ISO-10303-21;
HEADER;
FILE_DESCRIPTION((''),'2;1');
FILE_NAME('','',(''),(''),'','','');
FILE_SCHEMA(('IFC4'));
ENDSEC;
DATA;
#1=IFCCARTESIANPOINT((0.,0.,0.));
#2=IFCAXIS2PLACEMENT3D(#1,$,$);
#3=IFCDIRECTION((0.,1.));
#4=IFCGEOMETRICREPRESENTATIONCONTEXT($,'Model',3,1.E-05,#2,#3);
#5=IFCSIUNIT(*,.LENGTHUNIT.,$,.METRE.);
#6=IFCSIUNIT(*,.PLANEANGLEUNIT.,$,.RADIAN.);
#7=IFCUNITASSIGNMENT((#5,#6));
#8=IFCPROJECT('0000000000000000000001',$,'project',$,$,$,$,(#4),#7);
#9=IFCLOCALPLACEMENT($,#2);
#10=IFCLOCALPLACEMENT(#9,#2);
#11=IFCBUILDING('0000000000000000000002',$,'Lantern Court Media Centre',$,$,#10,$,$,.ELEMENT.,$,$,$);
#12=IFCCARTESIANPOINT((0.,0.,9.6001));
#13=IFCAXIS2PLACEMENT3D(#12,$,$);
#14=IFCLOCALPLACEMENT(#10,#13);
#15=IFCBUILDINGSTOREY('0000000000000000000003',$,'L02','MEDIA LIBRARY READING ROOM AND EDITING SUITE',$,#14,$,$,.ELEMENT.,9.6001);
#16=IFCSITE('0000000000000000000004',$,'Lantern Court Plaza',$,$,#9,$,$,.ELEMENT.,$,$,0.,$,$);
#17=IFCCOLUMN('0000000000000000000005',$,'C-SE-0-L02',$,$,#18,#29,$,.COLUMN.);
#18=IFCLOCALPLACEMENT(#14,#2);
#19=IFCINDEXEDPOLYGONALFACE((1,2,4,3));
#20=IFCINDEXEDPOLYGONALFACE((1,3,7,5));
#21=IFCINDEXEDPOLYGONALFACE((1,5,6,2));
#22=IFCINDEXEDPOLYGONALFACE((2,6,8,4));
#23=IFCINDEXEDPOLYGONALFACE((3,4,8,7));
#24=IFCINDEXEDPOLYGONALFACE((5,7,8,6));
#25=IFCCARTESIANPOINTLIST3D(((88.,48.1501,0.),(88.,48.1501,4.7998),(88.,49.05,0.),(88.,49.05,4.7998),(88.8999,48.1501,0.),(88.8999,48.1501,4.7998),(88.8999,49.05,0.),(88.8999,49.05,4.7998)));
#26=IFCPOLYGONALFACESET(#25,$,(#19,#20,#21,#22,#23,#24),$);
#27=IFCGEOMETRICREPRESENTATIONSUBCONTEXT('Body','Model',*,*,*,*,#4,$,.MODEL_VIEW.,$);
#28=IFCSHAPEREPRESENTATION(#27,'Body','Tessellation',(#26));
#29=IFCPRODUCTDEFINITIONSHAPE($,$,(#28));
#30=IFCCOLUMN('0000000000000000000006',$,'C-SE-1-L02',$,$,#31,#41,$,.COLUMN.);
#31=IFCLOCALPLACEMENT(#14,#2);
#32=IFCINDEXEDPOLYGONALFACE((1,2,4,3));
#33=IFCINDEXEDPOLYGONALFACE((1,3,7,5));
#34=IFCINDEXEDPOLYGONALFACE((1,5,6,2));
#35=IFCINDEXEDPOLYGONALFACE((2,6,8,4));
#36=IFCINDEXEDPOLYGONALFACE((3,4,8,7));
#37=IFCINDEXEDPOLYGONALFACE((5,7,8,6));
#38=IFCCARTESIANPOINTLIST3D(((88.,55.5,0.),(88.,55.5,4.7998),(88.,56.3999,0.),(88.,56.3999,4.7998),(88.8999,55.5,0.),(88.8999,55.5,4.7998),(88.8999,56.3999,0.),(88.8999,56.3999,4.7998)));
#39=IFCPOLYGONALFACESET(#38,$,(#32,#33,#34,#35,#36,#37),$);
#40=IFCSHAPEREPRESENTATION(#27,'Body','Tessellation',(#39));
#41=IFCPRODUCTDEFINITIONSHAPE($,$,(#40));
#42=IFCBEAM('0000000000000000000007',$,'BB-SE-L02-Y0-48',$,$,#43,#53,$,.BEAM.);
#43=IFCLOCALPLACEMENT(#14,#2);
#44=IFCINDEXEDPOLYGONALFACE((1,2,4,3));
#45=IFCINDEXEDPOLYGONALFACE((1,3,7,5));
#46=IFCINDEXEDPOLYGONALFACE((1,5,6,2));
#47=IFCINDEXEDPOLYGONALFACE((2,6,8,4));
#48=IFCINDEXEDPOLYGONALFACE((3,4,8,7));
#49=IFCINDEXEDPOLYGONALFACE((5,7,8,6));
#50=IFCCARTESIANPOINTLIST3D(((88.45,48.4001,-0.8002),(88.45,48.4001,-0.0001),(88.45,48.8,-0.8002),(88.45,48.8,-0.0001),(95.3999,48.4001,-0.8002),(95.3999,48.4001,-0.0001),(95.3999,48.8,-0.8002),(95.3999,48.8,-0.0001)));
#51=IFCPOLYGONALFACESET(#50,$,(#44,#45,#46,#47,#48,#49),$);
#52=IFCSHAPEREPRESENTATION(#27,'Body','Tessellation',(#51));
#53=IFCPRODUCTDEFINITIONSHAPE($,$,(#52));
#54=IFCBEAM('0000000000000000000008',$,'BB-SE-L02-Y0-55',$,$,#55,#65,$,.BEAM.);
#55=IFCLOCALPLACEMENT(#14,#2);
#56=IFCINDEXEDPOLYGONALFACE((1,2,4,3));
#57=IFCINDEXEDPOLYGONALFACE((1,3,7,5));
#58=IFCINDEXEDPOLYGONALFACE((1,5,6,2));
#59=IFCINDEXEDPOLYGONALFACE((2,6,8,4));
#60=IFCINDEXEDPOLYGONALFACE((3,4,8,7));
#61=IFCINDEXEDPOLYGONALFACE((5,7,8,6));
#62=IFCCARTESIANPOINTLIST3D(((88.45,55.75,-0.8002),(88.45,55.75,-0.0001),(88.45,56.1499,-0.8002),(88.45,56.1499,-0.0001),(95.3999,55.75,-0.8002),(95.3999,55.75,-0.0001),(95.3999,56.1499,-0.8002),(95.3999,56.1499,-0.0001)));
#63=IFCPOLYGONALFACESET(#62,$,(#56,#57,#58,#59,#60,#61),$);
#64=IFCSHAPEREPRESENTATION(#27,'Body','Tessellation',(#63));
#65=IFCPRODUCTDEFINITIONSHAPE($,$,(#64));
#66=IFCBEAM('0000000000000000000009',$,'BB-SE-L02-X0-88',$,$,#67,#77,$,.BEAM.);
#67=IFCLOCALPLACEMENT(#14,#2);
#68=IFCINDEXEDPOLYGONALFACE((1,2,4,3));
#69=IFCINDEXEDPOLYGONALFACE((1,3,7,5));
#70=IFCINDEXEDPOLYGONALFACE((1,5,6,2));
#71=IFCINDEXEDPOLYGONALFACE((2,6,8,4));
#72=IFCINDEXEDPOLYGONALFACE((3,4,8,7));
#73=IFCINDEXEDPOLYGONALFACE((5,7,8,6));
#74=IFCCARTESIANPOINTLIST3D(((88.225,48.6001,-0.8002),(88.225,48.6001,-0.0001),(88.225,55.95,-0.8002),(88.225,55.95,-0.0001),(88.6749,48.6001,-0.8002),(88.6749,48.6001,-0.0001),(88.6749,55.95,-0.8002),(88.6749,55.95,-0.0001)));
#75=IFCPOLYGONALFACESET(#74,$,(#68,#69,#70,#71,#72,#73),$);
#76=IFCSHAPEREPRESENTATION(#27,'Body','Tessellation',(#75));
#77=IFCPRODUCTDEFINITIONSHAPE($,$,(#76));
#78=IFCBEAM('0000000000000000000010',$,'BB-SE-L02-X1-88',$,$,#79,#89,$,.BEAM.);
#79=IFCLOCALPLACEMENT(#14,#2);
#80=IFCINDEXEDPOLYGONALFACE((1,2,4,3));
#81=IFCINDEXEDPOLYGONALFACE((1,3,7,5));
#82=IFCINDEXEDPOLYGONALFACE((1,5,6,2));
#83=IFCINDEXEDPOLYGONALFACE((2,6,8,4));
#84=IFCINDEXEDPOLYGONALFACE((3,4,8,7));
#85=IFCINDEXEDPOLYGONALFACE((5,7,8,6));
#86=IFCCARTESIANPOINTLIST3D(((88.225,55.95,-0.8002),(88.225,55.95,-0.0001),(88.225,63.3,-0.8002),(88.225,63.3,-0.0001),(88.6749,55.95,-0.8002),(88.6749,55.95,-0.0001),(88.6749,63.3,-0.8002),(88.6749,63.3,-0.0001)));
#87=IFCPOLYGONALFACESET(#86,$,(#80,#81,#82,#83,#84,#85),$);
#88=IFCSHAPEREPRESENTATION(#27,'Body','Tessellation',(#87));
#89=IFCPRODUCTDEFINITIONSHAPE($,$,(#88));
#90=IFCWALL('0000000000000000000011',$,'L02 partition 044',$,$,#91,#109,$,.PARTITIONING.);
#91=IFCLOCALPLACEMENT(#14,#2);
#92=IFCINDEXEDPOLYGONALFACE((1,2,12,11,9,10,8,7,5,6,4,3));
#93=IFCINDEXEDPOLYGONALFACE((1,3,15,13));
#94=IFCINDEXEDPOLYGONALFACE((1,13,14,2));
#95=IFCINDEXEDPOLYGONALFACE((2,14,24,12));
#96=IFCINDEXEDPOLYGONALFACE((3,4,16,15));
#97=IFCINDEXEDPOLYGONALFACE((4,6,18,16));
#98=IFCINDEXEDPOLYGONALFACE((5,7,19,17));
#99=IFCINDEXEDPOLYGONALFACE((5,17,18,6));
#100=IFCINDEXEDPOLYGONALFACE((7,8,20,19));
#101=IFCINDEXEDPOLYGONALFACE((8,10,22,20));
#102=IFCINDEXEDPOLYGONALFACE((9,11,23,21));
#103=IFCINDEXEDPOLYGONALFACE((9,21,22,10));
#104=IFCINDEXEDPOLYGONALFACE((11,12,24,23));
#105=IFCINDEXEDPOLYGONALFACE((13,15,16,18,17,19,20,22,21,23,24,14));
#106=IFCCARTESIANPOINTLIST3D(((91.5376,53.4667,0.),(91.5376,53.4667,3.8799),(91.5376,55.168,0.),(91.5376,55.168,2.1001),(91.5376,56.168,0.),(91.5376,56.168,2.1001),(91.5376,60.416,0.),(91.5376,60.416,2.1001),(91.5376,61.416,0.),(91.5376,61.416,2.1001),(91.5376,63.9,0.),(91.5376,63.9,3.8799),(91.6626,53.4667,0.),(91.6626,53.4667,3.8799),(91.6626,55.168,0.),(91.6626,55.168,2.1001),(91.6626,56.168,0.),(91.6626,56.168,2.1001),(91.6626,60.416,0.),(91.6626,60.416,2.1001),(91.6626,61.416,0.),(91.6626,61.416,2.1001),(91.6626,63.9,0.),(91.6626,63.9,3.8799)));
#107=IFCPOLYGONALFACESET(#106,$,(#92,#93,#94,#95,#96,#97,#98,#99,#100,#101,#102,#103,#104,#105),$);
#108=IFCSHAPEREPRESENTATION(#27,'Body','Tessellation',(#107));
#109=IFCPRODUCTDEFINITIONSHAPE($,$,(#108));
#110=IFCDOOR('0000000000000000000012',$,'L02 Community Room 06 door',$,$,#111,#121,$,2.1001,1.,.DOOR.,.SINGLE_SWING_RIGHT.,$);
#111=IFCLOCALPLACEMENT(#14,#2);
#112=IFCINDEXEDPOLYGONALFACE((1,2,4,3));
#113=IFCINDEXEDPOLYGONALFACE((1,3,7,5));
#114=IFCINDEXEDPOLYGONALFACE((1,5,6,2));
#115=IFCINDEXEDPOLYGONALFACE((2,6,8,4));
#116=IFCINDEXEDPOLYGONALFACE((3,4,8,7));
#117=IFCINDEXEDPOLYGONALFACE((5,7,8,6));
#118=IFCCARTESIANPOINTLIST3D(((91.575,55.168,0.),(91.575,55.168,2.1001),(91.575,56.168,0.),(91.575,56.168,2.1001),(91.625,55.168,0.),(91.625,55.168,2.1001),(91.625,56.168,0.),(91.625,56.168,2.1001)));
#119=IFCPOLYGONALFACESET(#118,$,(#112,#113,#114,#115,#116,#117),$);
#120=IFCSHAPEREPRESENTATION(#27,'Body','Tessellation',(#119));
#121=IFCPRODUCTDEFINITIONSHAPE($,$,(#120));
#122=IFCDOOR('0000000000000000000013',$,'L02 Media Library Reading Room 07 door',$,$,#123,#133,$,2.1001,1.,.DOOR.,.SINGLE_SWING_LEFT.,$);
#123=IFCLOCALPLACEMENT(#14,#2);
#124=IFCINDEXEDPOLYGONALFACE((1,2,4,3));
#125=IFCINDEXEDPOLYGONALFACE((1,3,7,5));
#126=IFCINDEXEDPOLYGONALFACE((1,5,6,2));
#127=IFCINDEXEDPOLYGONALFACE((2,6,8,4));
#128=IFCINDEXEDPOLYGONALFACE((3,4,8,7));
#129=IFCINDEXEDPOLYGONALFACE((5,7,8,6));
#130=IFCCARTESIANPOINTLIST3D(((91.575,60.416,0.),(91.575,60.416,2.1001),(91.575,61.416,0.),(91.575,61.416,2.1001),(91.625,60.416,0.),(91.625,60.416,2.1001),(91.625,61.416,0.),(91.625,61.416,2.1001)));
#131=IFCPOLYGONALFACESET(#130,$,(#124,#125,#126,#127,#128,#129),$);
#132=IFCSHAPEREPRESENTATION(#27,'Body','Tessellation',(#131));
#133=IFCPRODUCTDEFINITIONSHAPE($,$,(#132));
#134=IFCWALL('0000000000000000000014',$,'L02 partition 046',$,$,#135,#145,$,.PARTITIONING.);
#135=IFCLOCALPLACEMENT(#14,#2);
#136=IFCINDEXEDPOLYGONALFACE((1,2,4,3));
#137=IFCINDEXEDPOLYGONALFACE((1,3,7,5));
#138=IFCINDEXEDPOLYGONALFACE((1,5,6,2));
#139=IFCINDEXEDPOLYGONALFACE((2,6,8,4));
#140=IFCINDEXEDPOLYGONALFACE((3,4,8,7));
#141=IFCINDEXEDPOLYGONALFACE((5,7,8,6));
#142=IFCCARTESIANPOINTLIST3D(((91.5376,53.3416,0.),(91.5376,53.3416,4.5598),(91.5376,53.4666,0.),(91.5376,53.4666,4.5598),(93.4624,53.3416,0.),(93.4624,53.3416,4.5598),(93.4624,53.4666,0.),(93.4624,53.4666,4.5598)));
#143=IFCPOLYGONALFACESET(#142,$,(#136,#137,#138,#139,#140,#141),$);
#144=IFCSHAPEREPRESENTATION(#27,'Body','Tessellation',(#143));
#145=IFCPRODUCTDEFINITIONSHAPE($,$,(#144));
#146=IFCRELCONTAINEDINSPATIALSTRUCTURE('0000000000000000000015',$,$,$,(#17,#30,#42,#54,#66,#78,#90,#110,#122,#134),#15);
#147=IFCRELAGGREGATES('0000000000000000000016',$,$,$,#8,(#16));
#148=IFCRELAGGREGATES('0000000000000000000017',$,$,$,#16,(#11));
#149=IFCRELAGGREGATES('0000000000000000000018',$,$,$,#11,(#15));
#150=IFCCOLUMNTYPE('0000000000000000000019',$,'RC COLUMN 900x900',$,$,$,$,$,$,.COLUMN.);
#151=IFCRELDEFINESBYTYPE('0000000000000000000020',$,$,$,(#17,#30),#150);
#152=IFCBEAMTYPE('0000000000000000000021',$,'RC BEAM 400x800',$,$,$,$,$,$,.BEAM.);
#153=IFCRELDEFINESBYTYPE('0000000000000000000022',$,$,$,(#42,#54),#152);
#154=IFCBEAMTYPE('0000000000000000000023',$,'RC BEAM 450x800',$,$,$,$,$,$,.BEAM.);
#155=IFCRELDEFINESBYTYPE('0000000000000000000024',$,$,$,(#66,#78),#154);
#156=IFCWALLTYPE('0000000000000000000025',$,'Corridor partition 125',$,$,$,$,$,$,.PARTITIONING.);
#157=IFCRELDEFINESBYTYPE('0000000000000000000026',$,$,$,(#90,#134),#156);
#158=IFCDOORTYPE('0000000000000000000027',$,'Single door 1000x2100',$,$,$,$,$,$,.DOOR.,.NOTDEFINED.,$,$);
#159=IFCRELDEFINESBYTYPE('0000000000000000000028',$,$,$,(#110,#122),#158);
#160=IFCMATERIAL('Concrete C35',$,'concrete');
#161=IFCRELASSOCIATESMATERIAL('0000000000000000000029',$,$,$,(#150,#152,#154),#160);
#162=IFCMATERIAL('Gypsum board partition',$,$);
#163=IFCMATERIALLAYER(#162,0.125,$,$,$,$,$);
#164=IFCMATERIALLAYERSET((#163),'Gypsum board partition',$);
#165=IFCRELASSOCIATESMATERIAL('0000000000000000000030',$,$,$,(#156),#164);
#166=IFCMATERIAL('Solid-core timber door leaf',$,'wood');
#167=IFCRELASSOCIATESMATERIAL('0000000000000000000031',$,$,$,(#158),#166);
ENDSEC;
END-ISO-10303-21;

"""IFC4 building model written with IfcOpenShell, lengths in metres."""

from ifc_helpers import new_model, si_unit, direction, frame, frame_2d, origin, origin_2d, place, context, subcontext, project, spatial, rectangle, extrude, material, layer, layer_set, material_profile, profile_set, type_object, element, fill, save


model = new_model("IFC4")

# Units and contexts
model_context = context("Model", 3, precision=1e-05, world=origin(), true_north=direction((0.0, 1.0)))
body_context = subcontext(model_context, "Body", "Model", "MODEL_VIEW")
ifc_project = project(units=[si_unit("LENGTHUNIT", "METRE"), si_unit("PLANEANGLEUNIT", "RADIAN")], contexts=[model_context])

# Site, building, storey
site_placement = place(None, origin())
site = spatial("IfcSite", under=ifc_project, at=site_placement, Name="Lantern Court Plaza", CompositionType="ELEMENT", RefElevation=0.0)
building_placement = place(site_placement, origin())
building = spatial("IfcBuilding", under=site, at=building_placement, Name="Lantern Court Media Centre", CompositionType="ELEMENT")
storey_placement = place(building_placement, frame((0.0, 0.0, 9.6001)))
storey = spatial("IfcBuildingStorey", under=building, at=storey_placement, Name="L02", Description="MEDIA LIBRARY READING ROOM AND EDITING SUITE", CompositionType="ELEMENT", Elevation=9.6001)

# Columns
ifc_material_1 = material(Name="Concrete C35", Category="concrete")
ifc_material_profile_1 = material_profile(ifc_material_1, rectangle(XDim=0.8999, YDim=0.8999, at=origin_2d()), Name="RC 900x900")
ifc_profile_set_1 = profile_set([ifc_material_profile_1], Name="Concrete C35")
column_type = type_object("IfcColumnType", Name="RC COLUMN 900x900", PredefinedType="COLUMN", material=ifc_profile_set_1)
for number, where, z_axis, x_axis, name in (
    (1, (88.45, 48.6001, 0.0), (0.0, 0.0, 1.0), (1.0, 0.0, 0.0), "C-SE-0-L02"),
    (2, (88.45, 55.95, 0.0), (0.0, 0.0, 1.0), (1.0, 0.0, 0.0), "C-SE-1-L02"),
):
    element("IfcColumn", number, at=place(storey_placement, frame(where, z_axis=z_axis, x_axis=x_axis)), inside=storey, type_object=column_type, Name=name, PredefinedType="COLUMN", context=body_context, shape_type="SweptSolid", body=[
        extrude(rectangle(XDim=0.8999, YDim=0.8999, at=origin_2d()), origin(), (0.0, 0.0, 1.0), 4.7998),
    ])

# Beams
ifc_material_profile_2 = material_profile(ifc_material_1, rectangle(XDim=0.3999, YDim=0.8, at=origin_2d()), Name="RC 400x800")
ifc_profile_set_2 = profile_set([ifc_material_profile_2], Name="Concrete C35")
beam_type_1 = type_object("IfcBeamType", Name="RC BEAM 400x800", PredefinedType="BEAM", material=ifc_profile_set_2)
for number, where, z_axis, x_axis, name in (
    (3, (88.45, 48.6001, -0.4001), (1.0, 0.0, 0.0), (0.0, 1.0, 0.0), "BB-SE-L02-Y0-48"),
    (4, (88.45, 55.95, -0.4001), (1.0, 0.0, 0.0), (0.0, 1.0, 0.0), "BB-SE-L02-Y0-55"),
):
    element("IfcBeam", number, at=place(storey_placement, frame(where, z_axis=z_axis, x_axis=x_axis)), inside=storey, type_object=beam_type_1, Name=name, PredefinedType="BEAM", context=body_context, shape_type="SweptSolid", body=[
        extrude(rectangle(XDim=0.3999, YDim=0.8, at=origin_2d()), origin(), (0.0, 0.0, 1.0), 6.95),
    ])
ifc_material_profile_3 = material_profile(ifc_material_1, rectangle(XDim=0.45, YDim=0.8, at=origin_2d()), Name="RC 450x800")
ifc_profile_set_3 = profile_set([ifc_material_profile_3], Name="Concrete C35")
beam_type_2 = type_object("IfcBeamType", Name="RC BEAM 450x800", PredefinedType="BEAM", material=ifc_profile_set_3)
beam_1_placement = place(storey_placement, frame((88.45, 48.6001, -0.4001), z_axis=(0.0, 1.0, 0.0), x_axis=(-1.0, 0.0, 0.0)))
element("IfcBeam", 5, at=beam_1_placement, inside=storey, type_object=beam_type_2, Name="BB-SE-L02-X0-88", PredefinedType="BEAM", context=body_context, shape_type="SweptSolid", body=[
    extrude(rectangle(XDim=0.45, YDim=0.8, at=origin_2d()), origin(), (0.0, 0.0, 1.0), 7.3499),
])
beam_2_placement = place(storey_placement, frame((88.45, 55.95, -0.4001), z_axis=(0.0, 1.0, 0.0), x_axis=(-1.0, 0.0, 0.0)))
element("IfcBeam", 6, at=beam_2_placement, inside=storey, type_object=beam_type_2, Name="BB-SE-L02-X1-88", PredefinedType="BEAM", context=body_context, shape_type="SweptSolid", body=[
    extrude(rectangle(XDim=0.45, YDim=0.8, at=origin_2d()), origin(), (0.0, 0.0, 1.0), 7.3501),
])

# Wall, openings, doors
ifc_material_2 = material(Name="Gypsum board partition")
ifc_layer_1 = layer(ifc_material_2, 0.125)
ifc_layer_set_1 = layer_set([ifc_layer_1], Name="Gypsum board partition")
wall_type_1 = type_object("IfcWallType", Name="Corridor partition 125", PredefinedType="PARTITIONING", material=ifc_layer_set_1)
wall_1_placement = place(storey_placement, frame((91.6001, 53.4666, 0.0), z_axis=(0.0, 0.0, 1.0), x_axis=(0.0, 1.0, 0.0)))
wall_1 = element("IfcWall", 7, at=wall_1_placement, inside=storey, type_object=wall_type_1, Name="L02 partition 044", PredefinedType="PARTITIONING", context=body_context, shape_type="SweptSolid", body=[
    extrude(rectangle(XDim=10.4333, YDim=0.125, at=frame_2d((5.2168, 0.0))), origin(), (0.0, 0.0, 1.0), 3.8799),
])
opening_1_placement = place(wall_1_placement, frame((1.7014, 0.0, 0.0)))
opening_1 = element("IfcOpeningElement", 8, at=opening_1_placement, cuts=wall_1, PredefinedType="OPENING", context=body_context, shape_type="SweptSolid", body=[
    extrude(rectangle(XDim=1.0, YDim=2.1001, at=frame_2d((0.5, 1.05))), frame((0.0, 0.0725, 0.0), z_axis=(0.0, -1.0, 0.0), x_axis=(1.0, 0.0, 0.0)), (0.0, 0.0, 1.0), 0.145),
])
opening_2_placement = place(wall_1_placement, frame((6.9495, 0.0, 0.0)))
opening_2 = element("IfcOpeningElement", 9, at=opening_2_placement, cuts=wall_1, PredefinedType="OPENING", context=body_context, shape_type="SweptSolid", body=[
    extrude(rectangle(XDim=1.0, YDim=2.1001, at=frame_2d((0.5, 1.05))), frame((0.0, 0.0725, 0.0), z_axis=(0.0, -1.0, 0.0), x_axis=(1.0, 0.0, 0.0)), (0.0, 0.0, 1.0), 0.145),
])
ifc_material_3 = material(Name="Solid-core timber door leaf", Category="wood")
door_type_1 = type_object("IfcDoorType", Name="Single door 1000x2100", OperationType="NOTDEFINED", PredefinedType="DOOR", material=ifc_material_3)
door_1_placement = place(opening_1_placement, frame((1.0, 0.0, 0.0), z_axis=(0.0, 0.0, 1.0), x_axis=(-1.0, 0.0, 0.0)))
door_1 = element("IfcDoor", 10, at=door_1_placement, inside=storey, type_object=door_type_1, Name="L02 Community Room 06 door", OperationType="SINGLE_SWING_RIGHT", OverallHeight=2.1001, OverallWidth=1.0, PredefinedType="DOOR", context=body_context, shape_type="SweptSolid", body=[
    extrude(rectangle(XDim=1.0, YDim=2.1001, at=frame_2d((0.5, 1.05))), frame((0.0, 0.0249, 0.0), z_axis=(0.0, -1.0, 0.0), x_axis=(1.0, 0.0, 0.0)), (0.0, 0.0, 1.0), 0.05),
])
fill(opening_1, door_1)
door_2_placement = place(opening_2_placement, frame((1.0, 0.0, 0.0), z_axis=(0.0, 0.0, 1.0), x_axis=(-1.0, 0.0, 0.0)))
door_2 = element("IfcDoor", 11, at=door_2_placement, inside=storey, type_object=door_type_1, Name="L02 Media Library Reading Room 07 door", OperationType="SINGLE_SWING_LEFT", OverallHeight=2.1001, OverallWidth=1.0, PredefinedType="DOOR", context=body_context, shape_type="SweptSolid", body=[
    extrude(rectangle(XDim=1.0, YDim=2.1001, at=frame_2d((0.5, 1.05))), frame((0.0, 0.0249, 0.0), z_axis=(0.0, -1.0, 0.0), x_axis=(1.0, 0.0, 0.0)), (0.0, 0.0, 1.0), 0.05),
])
fill(opening_2, door_2)

# Wall
wall_2_placement = place(storey_placement, frame((91.5376, 53.4041, 0.0), z_axis=(0.0, 0.0, 1.0), x_axis=(1.0, 0.0, 0.0)))
element("IfcWall", 12, at=wall_2_placement, inside=storey, type_object=wall_type_1, Name="L02 partition 046", PredefinedType="PARTITIONING", context=body_context, shape_type="SweptSolid", body=[
    extrude(rectangle(XDim=1.9248, YDim=0.125, at=frame_2d((0.9624, 0.0))), origin(), (0.0, 0.0, 1.0), 4.5598),
])

save(model, "model.ifc")
